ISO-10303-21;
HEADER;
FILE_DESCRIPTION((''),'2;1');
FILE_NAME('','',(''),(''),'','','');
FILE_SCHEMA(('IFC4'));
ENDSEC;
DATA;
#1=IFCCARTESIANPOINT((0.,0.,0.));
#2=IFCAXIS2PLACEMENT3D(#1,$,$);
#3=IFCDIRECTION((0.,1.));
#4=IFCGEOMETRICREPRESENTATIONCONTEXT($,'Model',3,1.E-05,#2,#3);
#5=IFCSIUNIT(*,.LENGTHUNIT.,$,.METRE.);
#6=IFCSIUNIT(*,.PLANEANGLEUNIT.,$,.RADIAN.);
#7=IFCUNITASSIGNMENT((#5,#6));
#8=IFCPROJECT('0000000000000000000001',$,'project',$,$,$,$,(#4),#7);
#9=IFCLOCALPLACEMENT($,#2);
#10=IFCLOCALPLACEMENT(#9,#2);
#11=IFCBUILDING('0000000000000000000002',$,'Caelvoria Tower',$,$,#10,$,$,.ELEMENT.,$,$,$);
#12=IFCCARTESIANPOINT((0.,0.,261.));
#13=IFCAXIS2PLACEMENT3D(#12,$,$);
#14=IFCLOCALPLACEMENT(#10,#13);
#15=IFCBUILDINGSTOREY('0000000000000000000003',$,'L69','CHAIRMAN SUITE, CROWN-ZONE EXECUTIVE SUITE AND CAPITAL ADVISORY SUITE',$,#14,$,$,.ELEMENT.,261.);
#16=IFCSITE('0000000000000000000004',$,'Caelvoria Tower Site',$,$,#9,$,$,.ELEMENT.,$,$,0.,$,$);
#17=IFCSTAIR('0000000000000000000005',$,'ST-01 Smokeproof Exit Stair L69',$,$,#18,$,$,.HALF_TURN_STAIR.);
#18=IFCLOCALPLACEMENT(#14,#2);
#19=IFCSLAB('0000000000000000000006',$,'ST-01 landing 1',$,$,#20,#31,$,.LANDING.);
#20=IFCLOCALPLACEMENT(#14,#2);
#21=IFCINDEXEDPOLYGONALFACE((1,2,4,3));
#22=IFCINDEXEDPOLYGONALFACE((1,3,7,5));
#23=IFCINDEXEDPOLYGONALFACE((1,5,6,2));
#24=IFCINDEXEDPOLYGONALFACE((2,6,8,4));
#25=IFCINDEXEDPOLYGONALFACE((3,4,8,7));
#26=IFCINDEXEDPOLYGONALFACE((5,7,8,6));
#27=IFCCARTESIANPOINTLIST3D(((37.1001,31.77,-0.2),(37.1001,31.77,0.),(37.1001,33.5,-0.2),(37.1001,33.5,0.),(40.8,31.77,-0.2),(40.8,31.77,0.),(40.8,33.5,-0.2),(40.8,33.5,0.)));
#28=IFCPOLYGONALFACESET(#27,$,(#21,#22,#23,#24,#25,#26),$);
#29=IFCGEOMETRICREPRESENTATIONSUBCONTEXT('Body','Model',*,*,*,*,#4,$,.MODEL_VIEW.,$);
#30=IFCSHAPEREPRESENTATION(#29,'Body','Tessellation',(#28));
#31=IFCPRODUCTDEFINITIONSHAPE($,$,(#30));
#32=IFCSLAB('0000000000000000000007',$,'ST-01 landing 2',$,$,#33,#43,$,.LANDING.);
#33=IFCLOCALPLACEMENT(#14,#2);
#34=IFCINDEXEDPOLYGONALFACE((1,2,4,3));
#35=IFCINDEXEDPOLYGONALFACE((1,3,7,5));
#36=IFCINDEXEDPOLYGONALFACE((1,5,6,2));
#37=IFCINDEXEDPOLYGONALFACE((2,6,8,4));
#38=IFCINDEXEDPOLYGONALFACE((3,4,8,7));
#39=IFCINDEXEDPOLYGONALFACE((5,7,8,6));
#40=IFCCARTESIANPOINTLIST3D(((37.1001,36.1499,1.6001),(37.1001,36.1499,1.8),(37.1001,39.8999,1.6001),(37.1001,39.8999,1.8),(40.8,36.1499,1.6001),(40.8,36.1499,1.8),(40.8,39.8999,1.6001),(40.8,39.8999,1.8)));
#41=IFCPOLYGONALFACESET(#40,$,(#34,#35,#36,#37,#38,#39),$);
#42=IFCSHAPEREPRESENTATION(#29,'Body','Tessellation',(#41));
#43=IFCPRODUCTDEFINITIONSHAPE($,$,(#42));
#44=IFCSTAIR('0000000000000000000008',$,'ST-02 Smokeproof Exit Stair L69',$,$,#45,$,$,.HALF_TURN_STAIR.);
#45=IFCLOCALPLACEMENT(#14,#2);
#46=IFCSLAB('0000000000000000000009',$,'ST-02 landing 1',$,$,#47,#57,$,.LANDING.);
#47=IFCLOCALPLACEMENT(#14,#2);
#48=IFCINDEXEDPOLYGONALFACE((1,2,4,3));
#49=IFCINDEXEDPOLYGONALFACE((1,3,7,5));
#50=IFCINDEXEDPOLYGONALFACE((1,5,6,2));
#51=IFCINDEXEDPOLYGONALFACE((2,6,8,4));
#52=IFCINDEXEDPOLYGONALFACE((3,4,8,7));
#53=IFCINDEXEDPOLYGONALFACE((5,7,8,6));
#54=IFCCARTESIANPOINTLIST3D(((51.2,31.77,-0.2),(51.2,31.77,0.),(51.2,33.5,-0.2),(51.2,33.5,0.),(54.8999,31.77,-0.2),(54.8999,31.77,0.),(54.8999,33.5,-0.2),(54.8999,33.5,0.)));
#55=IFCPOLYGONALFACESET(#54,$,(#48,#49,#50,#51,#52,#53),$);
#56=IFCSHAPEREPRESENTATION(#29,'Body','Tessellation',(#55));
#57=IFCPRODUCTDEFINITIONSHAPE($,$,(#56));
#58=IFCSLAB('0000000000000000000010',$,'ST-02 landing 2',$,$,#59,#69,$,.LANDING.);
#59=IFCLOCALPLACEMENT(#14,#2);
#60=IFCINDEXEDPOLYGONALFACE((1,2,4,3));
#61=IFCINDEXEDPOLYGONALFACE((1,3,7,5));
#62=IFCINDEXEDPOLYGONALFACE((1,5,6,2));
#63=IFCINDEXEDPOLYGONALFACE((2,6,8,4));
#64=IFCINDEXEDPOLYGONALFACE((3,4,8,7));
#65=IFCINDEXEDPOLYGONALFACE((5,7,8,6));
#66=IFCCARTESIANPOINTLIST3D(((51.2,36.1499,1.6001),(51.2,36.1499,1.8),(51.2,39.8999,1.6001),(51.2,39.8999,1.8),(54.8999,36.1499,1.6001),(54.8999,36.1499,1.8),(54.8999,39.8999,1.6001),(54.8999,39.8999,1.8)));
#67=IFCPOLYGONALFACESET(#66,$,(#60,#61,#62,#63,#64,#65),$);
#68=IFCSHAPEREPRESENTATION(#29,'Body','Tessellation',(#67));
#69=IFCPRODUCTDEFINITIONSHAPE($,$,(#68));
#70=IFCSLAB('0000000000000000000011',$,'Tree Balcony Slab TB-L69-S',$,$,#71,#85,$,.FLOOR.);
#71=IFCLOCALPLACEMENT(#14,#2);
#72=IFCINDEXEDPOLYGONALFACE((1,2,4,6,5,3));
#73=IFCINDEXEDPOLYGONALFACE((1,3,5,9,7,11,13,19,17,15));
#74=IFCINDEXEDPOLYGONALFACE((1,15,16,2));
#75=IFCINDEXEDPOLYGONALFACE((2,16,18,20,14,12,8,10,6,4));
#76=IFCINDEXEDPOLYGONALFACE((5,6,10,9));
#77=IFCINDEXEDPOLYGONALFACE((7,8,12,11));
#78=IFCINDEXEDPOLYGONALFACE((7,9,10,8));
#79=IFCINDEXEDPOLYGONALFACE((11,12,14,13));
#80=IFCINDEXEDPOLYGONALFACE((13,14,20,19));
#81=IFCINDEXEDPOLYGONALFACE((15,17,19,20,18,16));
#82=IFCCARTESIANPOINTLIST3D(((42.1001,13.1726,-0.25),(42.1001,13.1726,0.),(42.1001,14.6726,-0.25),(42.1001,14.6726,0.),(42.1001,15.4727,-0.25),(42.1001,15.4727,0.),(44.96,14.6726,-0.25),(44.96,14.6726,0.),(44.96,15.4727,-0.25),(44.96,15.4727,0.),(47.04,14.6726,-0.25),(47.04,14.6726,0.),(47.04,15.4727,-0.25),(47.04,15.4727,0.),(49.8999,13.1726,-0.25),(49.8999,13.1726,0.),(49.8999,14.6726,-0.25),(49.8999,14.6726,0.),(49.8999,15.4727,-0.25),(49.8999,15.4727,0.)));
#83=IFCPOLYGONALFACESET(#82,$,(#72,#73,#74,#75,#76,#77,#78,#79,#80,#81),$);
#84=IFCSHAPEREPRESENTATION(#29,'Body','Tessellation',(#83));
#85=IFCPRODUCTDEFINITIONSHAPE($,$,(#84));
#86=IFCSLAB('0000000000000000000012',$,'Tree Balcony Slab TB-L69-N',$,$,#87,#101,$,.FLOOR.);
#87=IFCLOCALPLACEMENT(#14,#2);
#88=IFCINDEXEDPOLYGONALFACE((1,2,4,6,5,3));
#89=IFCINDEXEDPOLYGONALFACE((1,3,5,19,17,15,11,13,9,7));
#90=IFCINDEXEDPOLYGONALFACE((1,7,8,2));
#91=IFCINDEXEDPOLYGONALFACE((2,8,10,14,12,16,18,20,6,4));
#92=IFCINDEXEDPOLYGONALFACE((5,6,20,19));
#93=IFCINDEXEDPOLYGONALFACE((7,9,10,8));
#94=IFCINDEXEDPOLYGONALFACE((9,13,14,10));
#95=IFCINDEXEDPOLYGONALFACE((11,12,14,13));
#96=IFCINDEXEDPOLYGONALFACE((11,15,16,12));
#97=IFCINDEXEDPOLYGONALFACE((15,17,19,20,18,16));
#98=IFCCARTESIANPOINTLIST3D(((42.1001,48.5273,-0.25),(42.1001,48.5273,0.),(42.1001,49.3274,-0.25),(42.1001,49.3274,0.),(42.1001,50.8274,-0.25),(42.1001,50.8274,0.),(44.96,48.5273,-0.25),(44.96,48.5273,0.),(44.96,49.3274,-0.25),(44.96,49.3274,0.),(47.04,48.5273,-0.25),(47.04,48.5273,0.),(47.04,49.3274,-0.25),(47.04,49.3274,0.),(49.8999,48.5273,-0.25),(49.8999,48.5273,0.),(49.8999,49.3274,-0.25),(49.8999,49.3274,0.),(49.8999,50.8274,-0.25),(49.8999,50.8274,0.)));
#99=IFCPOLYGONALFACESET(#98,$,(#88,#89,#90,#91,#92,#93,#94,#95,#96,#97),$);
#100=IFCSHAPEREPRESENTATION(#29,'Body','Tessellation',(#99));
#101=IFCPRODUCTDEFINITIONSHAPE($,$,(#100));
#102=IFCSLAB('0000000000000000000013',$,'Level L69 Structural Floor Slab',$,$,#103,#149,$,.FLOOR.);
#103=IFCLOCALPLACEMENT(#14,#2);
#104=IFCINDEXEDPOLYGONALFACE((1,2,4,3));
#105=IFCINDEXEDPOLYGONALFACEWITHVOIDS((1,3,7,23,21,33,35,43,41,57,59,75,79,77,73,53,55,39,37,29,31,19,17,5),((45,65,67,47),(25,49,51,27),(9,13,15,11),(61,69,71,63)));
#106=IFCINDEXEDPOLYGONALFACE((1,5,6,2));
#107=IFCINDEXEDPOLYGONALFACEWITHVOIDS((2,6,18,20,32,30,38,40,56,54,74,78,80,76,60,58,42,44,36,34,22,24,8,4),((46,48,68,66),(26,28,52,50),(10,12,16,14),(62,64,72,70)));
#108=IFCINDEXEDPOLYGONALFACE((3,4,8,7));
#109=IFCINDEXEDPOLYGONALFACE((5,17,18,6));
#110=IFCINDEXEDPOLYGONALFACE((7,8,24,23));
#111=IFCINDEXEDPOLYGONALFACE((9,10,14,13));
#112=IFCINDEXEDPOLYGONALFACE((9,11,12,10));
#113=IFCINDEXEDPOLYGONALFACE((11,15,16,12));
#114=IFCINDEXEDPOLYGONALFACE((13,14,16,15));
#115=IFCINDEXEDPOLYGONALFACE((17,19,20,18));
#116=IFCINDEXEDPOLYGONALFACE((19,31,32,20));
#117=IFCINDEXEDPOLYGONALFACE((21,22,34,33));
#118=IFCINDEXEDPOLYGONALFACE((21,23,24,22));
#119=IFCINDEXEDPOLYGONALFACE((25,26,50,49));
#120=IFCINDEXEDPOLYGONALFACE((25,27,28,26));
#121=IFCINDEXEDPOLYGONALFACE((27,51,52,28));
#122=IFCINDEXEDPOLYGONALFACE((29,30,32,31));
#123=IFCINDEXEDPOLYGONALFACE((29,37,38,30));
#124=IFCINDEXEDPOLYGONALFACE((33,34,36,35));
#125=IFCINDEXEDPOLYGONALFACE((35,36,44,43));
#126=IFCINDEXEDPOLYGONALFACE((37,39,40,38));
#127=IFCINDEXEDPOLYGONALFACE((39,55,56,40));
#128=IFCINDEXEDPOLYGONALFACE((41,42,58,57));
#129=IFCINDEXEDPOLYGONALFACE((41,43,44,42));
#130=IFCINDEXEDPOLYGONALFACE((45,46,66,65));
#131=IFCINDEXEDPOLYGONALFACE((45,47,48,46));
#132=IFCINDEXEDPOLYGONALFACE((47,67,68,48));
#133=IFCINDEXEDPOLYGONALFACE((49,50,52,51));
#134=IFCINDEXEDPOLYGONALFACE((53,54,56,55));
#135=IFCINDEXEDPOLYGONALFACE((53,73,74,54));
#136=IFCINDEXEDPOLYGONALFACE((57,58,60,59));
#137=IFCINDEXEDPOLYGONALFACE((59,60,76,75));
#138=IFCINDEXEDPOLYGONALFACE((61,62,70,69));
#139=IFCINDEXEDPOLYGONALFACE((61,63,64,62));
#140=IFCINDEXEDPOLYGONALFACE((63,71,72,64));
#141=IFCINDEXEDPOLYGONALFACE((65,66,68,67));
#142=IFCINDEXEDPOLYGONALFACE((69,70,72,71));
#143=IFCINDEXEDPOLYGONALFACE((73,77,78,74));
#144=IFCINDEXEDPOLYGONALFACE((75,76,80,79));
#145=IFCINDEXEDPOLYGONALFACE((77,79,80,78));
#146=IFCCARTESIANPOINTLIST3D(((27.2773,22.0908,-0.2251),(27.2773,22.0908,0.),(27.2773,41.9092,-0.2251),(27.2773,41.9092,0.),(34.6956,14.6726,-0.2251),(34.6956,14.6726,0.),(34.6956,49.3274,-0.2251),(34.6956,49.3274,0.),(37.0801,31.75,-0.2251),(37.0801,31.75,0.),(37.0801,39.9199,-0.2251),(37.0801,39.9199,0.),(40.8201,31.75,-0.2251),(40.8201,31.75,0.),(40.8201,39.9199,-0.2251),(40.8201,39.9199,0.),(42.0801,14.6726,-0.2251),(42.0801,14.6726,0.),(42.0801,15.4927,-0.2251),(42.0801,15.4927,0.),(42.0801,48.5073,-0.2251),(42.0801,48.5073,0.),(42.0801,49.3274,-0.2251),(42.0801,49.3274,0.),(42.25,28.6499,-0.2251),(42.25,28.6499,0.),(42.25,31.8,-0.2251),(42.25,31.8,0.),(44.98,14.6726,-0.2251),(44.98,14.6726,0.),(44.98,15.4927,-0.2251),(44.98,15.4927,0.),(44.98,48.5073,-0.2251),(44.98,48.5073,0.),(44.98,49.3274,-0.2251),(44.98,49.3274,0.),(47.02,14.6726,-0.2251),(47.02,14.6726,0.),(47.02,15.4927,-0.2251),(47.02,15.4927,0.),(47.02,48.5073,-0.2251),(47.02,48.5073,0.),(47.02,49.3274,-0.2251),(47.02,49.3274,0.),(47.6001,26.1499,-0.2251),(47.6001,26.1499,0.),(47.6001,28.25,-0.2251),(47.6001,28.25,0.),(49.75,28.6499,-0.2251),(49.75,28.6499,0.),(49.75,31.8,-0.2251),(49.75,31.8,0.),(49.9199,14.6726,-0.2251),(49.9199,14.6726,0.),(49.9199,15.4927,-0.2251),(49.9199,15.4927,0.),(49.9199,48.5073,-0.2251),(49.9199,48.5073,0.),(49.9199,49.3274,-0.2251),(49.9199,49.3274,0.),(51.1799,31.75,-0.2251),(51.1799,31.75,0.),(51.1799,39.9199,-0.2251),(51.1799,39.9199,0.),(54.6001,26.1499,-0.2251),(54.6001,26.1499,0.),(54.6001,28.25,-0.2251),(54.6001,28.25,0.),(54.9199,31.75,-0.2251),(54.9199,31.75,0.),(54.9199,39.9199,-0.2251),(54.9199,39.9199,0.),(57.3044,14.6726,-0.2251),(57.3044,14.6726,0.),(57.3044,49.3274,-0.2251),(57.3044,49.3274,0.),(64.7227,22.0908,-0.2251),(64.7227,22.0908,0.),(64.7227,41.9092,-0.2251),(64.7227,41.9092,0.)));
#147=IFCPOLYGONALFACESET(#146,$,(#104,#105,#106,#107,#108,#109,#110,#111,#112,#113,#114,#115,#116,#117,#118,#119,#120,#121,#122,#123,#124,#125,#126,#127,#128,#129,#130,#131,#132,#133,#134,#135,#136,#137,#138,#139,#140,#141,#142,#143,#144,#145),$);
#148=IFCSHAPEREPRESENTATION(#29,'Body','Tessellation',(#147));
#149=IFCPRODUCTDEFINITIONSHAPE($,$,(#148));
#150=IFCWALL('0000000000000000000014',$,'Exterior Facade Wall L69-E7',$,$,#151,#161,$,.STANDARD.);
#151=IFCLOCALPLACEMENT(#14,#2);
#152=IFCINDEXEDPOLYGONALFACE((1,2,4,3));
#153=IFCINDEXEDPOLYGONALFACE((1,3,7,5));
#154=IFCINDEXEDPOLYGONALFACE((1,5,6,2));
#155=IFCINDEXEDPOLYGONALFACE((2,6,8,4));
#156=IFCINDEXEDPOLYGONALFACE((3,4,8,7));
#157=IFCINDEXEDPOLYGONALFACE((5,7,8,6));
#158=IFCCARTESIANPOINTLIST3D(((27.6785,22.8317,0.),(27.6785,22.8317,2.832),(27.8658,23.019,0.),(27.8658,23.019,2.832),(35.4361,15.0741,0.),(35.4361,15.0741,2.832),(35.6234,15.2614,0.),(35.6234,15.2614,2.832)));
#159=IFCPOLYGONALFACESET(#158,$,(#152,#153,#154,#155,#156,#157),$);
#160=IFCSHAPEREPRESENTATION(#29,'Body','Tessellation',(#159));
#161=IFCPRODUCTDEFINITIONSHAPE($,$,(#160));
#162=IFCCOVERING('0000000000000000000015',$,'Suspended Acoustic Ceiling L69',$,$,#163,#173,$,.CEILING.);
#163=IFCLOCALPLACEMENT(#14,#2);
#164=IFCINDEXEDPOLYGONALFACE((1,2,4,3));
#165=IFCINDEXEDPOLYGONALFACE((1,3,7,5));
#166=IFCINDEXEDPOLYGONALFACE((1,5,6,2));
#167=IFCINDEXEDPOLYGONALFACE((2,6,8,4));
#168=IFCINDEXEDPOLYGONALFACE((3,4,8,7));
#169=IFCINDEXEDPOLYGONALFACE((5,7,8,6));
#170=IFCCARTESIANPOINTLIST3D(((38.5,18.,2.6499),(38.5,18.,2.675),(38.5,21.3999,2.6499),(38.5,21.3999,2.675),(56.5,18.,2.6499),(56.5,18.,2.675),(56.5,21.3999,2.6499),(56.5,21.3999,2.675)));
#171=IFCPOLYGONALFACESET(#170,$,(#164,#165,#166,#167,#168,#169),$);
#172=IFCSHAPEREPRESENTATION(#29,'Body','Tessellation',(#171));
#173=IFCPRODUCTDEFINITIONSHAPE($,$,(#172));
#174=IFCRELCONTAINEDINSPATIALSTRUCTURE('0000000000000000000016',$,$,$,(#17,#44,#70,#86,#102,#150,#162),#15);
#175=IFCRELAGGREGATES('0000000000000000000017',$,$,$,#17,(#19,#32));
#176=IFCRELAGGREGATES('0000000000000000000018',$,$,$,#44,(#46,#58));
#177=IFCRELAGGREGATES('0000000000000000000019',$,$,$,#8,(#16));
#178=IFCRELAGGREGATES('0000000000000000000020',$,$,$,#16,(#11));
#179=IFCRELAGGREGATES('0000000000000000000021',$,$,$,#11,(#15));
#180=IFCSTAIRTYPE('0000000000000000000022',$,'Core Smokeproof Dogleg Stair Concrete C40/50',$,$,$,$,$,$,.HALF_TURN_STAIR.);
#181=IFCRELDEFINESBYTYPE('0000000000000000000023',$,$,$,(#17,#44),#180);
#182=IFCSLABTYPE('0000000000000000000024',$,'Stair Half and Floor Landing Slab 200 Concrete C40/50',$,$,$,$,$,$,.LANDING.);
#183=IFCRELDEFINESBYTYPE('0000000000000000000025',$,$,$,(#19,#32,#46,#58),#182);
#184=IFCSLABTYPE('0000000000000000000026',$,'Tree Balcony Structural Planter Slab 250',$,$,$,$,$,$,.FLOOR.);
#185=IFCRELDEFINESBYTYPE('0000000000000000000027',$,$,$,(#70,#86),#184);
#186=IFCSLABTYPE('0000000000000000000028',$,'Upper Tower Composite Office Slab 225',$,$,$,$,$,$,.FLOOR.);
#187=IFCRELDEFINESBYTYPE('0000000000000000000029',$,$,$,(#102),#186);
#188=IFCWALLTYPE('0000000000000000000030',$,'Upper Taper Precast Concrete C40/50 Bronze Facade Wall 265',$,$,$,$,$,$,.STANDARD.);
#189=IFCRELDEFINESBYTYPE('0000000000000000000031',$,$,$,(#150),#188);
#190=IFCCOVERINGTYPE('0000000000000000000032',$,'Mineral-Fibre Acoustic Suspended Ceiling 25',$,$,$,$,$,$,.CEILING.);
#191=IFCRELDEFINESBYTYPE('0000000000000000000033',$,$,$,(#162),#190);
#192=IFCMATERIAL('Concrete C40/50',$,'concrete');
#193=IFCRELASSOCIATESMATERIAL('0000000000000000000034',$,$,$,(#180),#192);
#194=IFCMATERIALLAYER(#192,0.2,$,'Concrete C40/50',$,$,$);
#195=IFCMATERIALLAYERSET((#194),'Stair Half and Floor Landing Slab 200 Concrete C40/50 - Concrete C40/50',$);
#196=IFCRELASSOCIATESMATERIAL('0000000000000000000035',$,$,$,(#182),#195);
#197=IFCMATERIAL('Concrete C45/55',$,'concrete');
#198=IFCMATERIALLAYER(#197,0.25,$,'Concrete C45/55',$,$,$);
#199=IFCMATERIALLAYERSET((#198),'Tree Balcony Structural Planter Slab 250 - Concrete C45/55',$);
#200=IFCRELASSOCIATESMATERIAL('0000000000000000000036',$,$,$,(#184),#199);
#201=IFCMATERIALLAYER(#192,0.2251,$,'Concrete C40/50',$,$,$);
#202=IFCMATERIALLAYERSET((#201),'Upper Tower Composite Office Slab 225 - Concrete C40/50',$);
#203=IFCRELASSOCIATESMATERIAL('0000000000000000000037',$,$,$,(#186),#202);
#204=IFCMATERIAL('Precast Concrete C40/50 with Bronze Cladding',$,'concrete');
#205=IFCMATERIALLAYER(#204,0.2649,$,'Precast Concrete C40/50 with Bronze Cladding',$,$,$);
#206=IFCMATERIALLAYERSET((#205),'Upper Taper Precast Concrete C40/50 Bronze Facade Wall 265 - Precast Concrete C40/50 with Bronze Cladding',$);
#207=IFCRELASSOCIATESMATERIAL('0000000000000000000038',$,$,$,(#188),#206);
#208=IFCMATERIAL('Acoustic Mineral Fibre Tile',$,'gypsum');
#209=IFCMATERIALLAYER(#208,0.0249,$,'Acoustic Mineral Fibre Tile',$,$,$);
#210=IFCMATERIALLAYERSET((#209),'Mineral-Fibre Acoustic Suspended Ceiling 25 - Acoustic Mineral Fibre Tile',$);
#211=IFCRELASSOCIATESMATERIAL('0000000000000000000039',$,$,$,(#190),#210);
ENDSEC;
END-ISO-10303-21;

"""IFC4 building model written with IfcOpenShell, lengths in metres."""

from ifc_helpers import new_model, si_unit, direction, frame, frame_2d, origin, place, context, subcontext, project, spatial, polyline, rectangle, outline, extrude, material, layer, layer_set, type_object, element, aggregate, save


model = new_model("IFC4")

# Units and contexts
model_context = context("Model", 3, precision=1e-05, world=origin(), true_north=direction((0.0, 1.0)))
body_context = subcontext(model_context, "Body", "Model", "MODEL_VIEW")
ifc_project = project(units=[si_unit("LENGTHUNIT", "METRE"), si_unit("PLANEANGLEUNIT", "RADIAN")], contexts=[model_context])

# Site, building, storey
site_placement = place(None, origin())
site = spatial("IfcSite", under=ifc_project, at=site_placement, Name="Caelvoria Tower Site", CompositionType="ELEMENT", RefElevation=0.0)
building_placement = place(site_placement, origin())
building = spatial("IfcBuilding", under=site, at=building_placement, Name="Caelvoria Tower", CompositionType="ELEMENT")
storey_placement = place(building_placement, frame((0.0, 0.0, 261.0)))
storey = spatial("IfcBuildingStorey", under=building, at=storey_placement, Name="L69", Description="CHAIRMAN SUITE, CROWN-ZONE EXECUTIVE SUITE AND CAPITAL ADVISORY SUITE", CompositionType="ELEMENT", Elevation=261.0)

# Stairs, slabs
ifc_material_1 = material(Name="Concrete C40/50", Category="concrete")
stair_type = type_object("IfcStairType", Name="Core Smokeproof Dogleg Stair Concrete C40/50", PredefinedType="HALF_TURN_STAIR", material=ifc_material_1)
stair_1_placement = place(storey_placement, origin())
stair_1 = element("IfcStair", 1, at=stair_1_placement, inside=storey, type_object=stair_type, Name="ST-01 Smokeproof Exit Stair L69", PredefinedType="HALF_TURN_STAIR")
ifc_layer_1 = layer(ifc_material_1, 0.2, Name="Concrete C40/50")
ifc_layer_set_1 = layer_set([ifc_layer_1], Name="Stair Half and Floor Landing Slab 200 Concrete C40/50 - Concrete C40/50")
slab_type_1 = type_object("IfcSlabType", Name="Stair Half and Floor Landing Slab 200 Concrete C40/50", PredefinedType="LANDING", material=ifc_layer_set_1)
slab_1_placement = place(storey_placement, frame((0.0, 0.0, -0.2)))
slab_1 = element("IfcSlab", 2, at=slab_1_placement, type_object=slab_type_1, Name="ST-01 landing 1", PredefinedType="LANDING", context=body_context, shape_type="SweptSolid", body=[
    extrude(outline(polyline([(37.1001, 31.77), (40.8, 31.77), (40.8, 33.5), (37.1001, 33.5), (37.1001, 31.77)])), origin(), (0.0, 0.0, 1.0), 0.2),
])
slab_2_placement = place(storey_placement, frame((0.0, 0.0, 1.6001)))
slab_2 = element("IfcSlab", 3, at=slab_2_placement, type_object=slab_type_1, Name="ST-01 landing 2", PredefinedType="LANDING", context=body_context, shape_type="SweptSolid", body=[
    extrude(outline(polyline([(37.1001, 36.1499), (40.8, 36.1499), (40.8, 39.8999), (37.1001, 39.8999), (37.1001, 36.1499)])), origin(), (0.0, 0.0, 1.0), 0.2),
])
aggregate(stair_1, [slab_1, slab_2])
stair_2_placement = place(storey_placement, origin())
stair_2 = element("IfcStair", 4, at=stair_2_placement, inside=storey, type_object=stair_type, Name="ST-02 Smokeproof Exit Stair L69", PredefinedType="HALF_TURN_STAIR")
slab_3_placement = place(storey_placement, frame((0.0, 0.0, -0.2)))
slab_3 = element("IfcSlab", 5, at=slab_3_placement, type_object=slab_type_1, Name="ST-02 landing 1", PredefinedType="LANDING", context=body_context, shape_type="SweptSolid", body=[
    extrude(outline(polyline([(51.2, 31.77), (54.8999, 31.77), (54.8999, 33.5), (51.2, 33.5), (51.2, 31.77)])), origin(), (0.0, 0.0, 1.0), 0.2),
])
slab_4_placement = place(storey_placement, frame((0.0, 0.0, 1.6001)))
slab_4 = element("IfcSlab", 6, at=slab_4_placement, type_object=slab_type_1, Name="ST-02 landing 2", PredefinedType="LANDING", context=body_context, shape_type="SweptSolid", body=[
    extrude(outline(polyline([(51.2, 36.1499), (54.8999, 36.1499), (54.8999, 39.8999), (51.2, 39.8999), (51.2, 36.1499)])), origin(), (0.0, 0.0, 1.0), 0.2),
])
aggregate(stair_2, [slab_3, slab_4])

# Slabs
ifc_material_2 = material(Name="Concrete C45/55", Category="concrete")
ifc_layer_2 = layer(ifc_material_2, 0.25, Name="Concrete C45/55")
ifc_layer_set_2 = layer_set([ifc_layer_2], Name="Tree Balcony Structural Planter Slab 250 - Concrete C45/55")
slab_type_2 = type_object("IfcSlabType", Name="Tree Balcony Structural Planter Slab 250", PredefinedType="FLOOR", material=ifc_layer_set_2)
slab_5_placement = place(storey_placement, frame((0.0, 0.0, -0.25)))
element("IfcSlab", 7, at=slab_5_placement, inside=storey, type_object=slab_type_2, Name="Tree Balcony Slab TB-L69-S", PredefinedType="FLOOR", context=body_context, shape_type="SweptSolid", body=[
    extrude(outline(polyline([(49.8999, 14.6726), (49.8999, 15.4727), (47.04, 15.4727), (47.04, 14.6726), (44.96, 14.6726), (44.96, 15.4727), (42.1001, 15.4727), (42.1001, 14.6726), (42.1001, 13.1726), (49.8999, 13.1726), (49.8999, 14.6726)])), origin(), (0.0, 0.0, 1.0), 0.25),
])
slab_6_placement = place(storey_placement, frame((0.0, 0.0, -0.25)))
element("IfcSlab", 8, at=slab_6_placement, inside=storey, type_object=slab_type_2, Name="Tree Balcony Slab TB-L69-N", PredefinedType="FLOOR", context=body_context, shape_type="SweptSolid", body=[
    extrude(outline(polyline([(42.1001, 50.8274), (42.1001, 49.3274), (42.1001, 48.5273), (44.96, 48.5273), (44.96, 49.3274), (47.04, 49.3274), (47.04, 48.5273), (49.8999, 48.5273), (49.8999, 49.3274), (49.8999, 50.8274), (42.1001, 50.8274)])), origin(), (0.0, 0.0, 1.0), 0.25),
])
ifc_layer_3 = layer(ifc_material_1, 0.2251, Name="Concrete C40/50")
ifc_layer_set_3 = layer_set([ifc_layer_3], Name="Upper Tower Composite Office Slab 225 - Concrete C40/50")
slab_type_3 = type_object("IfcSlabType", Name="Upper Tower Composite Office Slab 225", PredefinedType="FLOOR", material=ifc_layer_set_3)
slab_7_placement = place(storey_placement, frame((0.0, 0.0, -0.2251)))
element("IfcSlab", 9, at=slab_7_placement, inside=storey, type_object=slab_type_3, Name="Level L69 Structural Floor Slab", PredefinedType="FLOOR", context=body_context, shape_type="SweptSolid", body=[
    extrude(outline(polyline([(27.2773, 41.9092), (27.2773, 22.0908), (34.6956, 14.6726), (42.0801, 14.6726), (42.0801, 15.4927), (44.98, 15.4927), (44.98, 14.6726), (47.02, 14.6726), (47.02, 15.4927), (49.9199, 15.4927), (49.9199, 14.6726), (57.3044, 14.6726), (64.7227, 22.0908), (64.7227, 41.9092), (57.3044, 49.3274), (49.9199, 49.3274), (49.9199, 48.5073), (47.02, 48.5073), (47.02, 49.3274), (44.98, 49.3274), (44.98, 48.5073), (42.0801, 48.5073), (42.0801, 49.3274), (34.6956, 49.3274), (27.2773, 41.9092)]), holes=[polyline([(37.0801, 31.75), (40.8201, 31.75), (40.8201, 39.9199), (37.0801, 39.9199), (37.0801, 31.75)]), polyline([(51.1799, 31.75), (54.9199, 31.75), (54.9199, 39.9199), (51.1799, 39.9199), (51.1799, 31.75)]), polyline([(42.25, 28.6499), (49.75, 28.6499), (49.75, 31.8), (42.25, 31.8), (42.25, 28.6499)]), polyline([(47.6001, 26.1499), (54.6001, 26.1499), (54.6001, 28.25), (47.6001, 28.25), (47.6001, 26.1499)])]), origin(), (0.0, 0.0, 1.0), 0.2251),
])

# Wall
ifc_material_3 = material(Name="Precast Concrete C40/50 with Bronze Cladding", Category="concrete")
ifc_layer_4 = layer(ifc_material_3, 0.2649, Name="Precast Concrete C40/50 with Bronze Cladding")
ifc_layer_set_4 = layer_set([ifc_layer_4], Name="Upper Taper Precast Concrete C40/50 Bronze Facade Wall 265 - Precast Concrete C40/50 with Bronze Cladding")
wall_type = type_object("IfcWallType", Name="Upper Taper Precast Concrete C40/50 Bronze Facade Wall 265", PredefinedType="STANDARD", material=ifc_layer_set_4)
wall_placement = place(storey_placement, frame((27.7722, 22.9253, 0.0), z_axis=(0.0, 0.0, 1.0), x_axis=(0.707107, -0.707107, 0.0)))
element("IfcWall", 10, at=wall_placement, inside=storey, type_object=wall_type, Name="Exterior Facade Wall L69-E7", PredefinedType="STANDARD", context=body_context, shape_type="SweptSolid", body=[
    extrude(rectangle(XDim=10.9709, YDim=0.2649, at=frame_2d((5.4854, 0.0))), origin(), (0.0, 0.0, 1.0), 2.832),
])

# Covering
ifc_material_4 = material(Name="Acoustic Mineral Fibre Tile", Category="gypsum")
ifc_layer_5 = layer(ifc_material_4, 0.0249, Name="Acoustic Mineral Fibre Tile")
ifc_layer_set_5 = layer_set([ifc_layer_5], Name="Mineral-Fibre Acoustic Suspended Ceiling 25 - Acoustic Mineral Fibre Tile")
covering_type_1 = type_object("IfcCoveringType", Name="Mineral-Fibre Acoustic Suspended Ceiling 25", PredefinedType="CEILING", material=ifc_layer_set_5)
covering_1_placement = place(storey_placement, frame((0.0, 0.0, 2.6499)))
element("IfcCovering", 11, at=covering_1_placement, inside=storey, type_object=covering_type_1, Name="Suspended Acoustic Ceiling L69", PredefinedType="CEILING", context=body_context, shape_type="SweptSolid", body=[
    extrude(outline(polyline([(38.5, 18.0), (56.5, 18.0), (56.5, 21.3999), (38.5, 21.3999), (38.5, 18.0)])), origin(), (0.0, 0.0, 1.0), 0.0251),
])

save(model, "model.ifc")
